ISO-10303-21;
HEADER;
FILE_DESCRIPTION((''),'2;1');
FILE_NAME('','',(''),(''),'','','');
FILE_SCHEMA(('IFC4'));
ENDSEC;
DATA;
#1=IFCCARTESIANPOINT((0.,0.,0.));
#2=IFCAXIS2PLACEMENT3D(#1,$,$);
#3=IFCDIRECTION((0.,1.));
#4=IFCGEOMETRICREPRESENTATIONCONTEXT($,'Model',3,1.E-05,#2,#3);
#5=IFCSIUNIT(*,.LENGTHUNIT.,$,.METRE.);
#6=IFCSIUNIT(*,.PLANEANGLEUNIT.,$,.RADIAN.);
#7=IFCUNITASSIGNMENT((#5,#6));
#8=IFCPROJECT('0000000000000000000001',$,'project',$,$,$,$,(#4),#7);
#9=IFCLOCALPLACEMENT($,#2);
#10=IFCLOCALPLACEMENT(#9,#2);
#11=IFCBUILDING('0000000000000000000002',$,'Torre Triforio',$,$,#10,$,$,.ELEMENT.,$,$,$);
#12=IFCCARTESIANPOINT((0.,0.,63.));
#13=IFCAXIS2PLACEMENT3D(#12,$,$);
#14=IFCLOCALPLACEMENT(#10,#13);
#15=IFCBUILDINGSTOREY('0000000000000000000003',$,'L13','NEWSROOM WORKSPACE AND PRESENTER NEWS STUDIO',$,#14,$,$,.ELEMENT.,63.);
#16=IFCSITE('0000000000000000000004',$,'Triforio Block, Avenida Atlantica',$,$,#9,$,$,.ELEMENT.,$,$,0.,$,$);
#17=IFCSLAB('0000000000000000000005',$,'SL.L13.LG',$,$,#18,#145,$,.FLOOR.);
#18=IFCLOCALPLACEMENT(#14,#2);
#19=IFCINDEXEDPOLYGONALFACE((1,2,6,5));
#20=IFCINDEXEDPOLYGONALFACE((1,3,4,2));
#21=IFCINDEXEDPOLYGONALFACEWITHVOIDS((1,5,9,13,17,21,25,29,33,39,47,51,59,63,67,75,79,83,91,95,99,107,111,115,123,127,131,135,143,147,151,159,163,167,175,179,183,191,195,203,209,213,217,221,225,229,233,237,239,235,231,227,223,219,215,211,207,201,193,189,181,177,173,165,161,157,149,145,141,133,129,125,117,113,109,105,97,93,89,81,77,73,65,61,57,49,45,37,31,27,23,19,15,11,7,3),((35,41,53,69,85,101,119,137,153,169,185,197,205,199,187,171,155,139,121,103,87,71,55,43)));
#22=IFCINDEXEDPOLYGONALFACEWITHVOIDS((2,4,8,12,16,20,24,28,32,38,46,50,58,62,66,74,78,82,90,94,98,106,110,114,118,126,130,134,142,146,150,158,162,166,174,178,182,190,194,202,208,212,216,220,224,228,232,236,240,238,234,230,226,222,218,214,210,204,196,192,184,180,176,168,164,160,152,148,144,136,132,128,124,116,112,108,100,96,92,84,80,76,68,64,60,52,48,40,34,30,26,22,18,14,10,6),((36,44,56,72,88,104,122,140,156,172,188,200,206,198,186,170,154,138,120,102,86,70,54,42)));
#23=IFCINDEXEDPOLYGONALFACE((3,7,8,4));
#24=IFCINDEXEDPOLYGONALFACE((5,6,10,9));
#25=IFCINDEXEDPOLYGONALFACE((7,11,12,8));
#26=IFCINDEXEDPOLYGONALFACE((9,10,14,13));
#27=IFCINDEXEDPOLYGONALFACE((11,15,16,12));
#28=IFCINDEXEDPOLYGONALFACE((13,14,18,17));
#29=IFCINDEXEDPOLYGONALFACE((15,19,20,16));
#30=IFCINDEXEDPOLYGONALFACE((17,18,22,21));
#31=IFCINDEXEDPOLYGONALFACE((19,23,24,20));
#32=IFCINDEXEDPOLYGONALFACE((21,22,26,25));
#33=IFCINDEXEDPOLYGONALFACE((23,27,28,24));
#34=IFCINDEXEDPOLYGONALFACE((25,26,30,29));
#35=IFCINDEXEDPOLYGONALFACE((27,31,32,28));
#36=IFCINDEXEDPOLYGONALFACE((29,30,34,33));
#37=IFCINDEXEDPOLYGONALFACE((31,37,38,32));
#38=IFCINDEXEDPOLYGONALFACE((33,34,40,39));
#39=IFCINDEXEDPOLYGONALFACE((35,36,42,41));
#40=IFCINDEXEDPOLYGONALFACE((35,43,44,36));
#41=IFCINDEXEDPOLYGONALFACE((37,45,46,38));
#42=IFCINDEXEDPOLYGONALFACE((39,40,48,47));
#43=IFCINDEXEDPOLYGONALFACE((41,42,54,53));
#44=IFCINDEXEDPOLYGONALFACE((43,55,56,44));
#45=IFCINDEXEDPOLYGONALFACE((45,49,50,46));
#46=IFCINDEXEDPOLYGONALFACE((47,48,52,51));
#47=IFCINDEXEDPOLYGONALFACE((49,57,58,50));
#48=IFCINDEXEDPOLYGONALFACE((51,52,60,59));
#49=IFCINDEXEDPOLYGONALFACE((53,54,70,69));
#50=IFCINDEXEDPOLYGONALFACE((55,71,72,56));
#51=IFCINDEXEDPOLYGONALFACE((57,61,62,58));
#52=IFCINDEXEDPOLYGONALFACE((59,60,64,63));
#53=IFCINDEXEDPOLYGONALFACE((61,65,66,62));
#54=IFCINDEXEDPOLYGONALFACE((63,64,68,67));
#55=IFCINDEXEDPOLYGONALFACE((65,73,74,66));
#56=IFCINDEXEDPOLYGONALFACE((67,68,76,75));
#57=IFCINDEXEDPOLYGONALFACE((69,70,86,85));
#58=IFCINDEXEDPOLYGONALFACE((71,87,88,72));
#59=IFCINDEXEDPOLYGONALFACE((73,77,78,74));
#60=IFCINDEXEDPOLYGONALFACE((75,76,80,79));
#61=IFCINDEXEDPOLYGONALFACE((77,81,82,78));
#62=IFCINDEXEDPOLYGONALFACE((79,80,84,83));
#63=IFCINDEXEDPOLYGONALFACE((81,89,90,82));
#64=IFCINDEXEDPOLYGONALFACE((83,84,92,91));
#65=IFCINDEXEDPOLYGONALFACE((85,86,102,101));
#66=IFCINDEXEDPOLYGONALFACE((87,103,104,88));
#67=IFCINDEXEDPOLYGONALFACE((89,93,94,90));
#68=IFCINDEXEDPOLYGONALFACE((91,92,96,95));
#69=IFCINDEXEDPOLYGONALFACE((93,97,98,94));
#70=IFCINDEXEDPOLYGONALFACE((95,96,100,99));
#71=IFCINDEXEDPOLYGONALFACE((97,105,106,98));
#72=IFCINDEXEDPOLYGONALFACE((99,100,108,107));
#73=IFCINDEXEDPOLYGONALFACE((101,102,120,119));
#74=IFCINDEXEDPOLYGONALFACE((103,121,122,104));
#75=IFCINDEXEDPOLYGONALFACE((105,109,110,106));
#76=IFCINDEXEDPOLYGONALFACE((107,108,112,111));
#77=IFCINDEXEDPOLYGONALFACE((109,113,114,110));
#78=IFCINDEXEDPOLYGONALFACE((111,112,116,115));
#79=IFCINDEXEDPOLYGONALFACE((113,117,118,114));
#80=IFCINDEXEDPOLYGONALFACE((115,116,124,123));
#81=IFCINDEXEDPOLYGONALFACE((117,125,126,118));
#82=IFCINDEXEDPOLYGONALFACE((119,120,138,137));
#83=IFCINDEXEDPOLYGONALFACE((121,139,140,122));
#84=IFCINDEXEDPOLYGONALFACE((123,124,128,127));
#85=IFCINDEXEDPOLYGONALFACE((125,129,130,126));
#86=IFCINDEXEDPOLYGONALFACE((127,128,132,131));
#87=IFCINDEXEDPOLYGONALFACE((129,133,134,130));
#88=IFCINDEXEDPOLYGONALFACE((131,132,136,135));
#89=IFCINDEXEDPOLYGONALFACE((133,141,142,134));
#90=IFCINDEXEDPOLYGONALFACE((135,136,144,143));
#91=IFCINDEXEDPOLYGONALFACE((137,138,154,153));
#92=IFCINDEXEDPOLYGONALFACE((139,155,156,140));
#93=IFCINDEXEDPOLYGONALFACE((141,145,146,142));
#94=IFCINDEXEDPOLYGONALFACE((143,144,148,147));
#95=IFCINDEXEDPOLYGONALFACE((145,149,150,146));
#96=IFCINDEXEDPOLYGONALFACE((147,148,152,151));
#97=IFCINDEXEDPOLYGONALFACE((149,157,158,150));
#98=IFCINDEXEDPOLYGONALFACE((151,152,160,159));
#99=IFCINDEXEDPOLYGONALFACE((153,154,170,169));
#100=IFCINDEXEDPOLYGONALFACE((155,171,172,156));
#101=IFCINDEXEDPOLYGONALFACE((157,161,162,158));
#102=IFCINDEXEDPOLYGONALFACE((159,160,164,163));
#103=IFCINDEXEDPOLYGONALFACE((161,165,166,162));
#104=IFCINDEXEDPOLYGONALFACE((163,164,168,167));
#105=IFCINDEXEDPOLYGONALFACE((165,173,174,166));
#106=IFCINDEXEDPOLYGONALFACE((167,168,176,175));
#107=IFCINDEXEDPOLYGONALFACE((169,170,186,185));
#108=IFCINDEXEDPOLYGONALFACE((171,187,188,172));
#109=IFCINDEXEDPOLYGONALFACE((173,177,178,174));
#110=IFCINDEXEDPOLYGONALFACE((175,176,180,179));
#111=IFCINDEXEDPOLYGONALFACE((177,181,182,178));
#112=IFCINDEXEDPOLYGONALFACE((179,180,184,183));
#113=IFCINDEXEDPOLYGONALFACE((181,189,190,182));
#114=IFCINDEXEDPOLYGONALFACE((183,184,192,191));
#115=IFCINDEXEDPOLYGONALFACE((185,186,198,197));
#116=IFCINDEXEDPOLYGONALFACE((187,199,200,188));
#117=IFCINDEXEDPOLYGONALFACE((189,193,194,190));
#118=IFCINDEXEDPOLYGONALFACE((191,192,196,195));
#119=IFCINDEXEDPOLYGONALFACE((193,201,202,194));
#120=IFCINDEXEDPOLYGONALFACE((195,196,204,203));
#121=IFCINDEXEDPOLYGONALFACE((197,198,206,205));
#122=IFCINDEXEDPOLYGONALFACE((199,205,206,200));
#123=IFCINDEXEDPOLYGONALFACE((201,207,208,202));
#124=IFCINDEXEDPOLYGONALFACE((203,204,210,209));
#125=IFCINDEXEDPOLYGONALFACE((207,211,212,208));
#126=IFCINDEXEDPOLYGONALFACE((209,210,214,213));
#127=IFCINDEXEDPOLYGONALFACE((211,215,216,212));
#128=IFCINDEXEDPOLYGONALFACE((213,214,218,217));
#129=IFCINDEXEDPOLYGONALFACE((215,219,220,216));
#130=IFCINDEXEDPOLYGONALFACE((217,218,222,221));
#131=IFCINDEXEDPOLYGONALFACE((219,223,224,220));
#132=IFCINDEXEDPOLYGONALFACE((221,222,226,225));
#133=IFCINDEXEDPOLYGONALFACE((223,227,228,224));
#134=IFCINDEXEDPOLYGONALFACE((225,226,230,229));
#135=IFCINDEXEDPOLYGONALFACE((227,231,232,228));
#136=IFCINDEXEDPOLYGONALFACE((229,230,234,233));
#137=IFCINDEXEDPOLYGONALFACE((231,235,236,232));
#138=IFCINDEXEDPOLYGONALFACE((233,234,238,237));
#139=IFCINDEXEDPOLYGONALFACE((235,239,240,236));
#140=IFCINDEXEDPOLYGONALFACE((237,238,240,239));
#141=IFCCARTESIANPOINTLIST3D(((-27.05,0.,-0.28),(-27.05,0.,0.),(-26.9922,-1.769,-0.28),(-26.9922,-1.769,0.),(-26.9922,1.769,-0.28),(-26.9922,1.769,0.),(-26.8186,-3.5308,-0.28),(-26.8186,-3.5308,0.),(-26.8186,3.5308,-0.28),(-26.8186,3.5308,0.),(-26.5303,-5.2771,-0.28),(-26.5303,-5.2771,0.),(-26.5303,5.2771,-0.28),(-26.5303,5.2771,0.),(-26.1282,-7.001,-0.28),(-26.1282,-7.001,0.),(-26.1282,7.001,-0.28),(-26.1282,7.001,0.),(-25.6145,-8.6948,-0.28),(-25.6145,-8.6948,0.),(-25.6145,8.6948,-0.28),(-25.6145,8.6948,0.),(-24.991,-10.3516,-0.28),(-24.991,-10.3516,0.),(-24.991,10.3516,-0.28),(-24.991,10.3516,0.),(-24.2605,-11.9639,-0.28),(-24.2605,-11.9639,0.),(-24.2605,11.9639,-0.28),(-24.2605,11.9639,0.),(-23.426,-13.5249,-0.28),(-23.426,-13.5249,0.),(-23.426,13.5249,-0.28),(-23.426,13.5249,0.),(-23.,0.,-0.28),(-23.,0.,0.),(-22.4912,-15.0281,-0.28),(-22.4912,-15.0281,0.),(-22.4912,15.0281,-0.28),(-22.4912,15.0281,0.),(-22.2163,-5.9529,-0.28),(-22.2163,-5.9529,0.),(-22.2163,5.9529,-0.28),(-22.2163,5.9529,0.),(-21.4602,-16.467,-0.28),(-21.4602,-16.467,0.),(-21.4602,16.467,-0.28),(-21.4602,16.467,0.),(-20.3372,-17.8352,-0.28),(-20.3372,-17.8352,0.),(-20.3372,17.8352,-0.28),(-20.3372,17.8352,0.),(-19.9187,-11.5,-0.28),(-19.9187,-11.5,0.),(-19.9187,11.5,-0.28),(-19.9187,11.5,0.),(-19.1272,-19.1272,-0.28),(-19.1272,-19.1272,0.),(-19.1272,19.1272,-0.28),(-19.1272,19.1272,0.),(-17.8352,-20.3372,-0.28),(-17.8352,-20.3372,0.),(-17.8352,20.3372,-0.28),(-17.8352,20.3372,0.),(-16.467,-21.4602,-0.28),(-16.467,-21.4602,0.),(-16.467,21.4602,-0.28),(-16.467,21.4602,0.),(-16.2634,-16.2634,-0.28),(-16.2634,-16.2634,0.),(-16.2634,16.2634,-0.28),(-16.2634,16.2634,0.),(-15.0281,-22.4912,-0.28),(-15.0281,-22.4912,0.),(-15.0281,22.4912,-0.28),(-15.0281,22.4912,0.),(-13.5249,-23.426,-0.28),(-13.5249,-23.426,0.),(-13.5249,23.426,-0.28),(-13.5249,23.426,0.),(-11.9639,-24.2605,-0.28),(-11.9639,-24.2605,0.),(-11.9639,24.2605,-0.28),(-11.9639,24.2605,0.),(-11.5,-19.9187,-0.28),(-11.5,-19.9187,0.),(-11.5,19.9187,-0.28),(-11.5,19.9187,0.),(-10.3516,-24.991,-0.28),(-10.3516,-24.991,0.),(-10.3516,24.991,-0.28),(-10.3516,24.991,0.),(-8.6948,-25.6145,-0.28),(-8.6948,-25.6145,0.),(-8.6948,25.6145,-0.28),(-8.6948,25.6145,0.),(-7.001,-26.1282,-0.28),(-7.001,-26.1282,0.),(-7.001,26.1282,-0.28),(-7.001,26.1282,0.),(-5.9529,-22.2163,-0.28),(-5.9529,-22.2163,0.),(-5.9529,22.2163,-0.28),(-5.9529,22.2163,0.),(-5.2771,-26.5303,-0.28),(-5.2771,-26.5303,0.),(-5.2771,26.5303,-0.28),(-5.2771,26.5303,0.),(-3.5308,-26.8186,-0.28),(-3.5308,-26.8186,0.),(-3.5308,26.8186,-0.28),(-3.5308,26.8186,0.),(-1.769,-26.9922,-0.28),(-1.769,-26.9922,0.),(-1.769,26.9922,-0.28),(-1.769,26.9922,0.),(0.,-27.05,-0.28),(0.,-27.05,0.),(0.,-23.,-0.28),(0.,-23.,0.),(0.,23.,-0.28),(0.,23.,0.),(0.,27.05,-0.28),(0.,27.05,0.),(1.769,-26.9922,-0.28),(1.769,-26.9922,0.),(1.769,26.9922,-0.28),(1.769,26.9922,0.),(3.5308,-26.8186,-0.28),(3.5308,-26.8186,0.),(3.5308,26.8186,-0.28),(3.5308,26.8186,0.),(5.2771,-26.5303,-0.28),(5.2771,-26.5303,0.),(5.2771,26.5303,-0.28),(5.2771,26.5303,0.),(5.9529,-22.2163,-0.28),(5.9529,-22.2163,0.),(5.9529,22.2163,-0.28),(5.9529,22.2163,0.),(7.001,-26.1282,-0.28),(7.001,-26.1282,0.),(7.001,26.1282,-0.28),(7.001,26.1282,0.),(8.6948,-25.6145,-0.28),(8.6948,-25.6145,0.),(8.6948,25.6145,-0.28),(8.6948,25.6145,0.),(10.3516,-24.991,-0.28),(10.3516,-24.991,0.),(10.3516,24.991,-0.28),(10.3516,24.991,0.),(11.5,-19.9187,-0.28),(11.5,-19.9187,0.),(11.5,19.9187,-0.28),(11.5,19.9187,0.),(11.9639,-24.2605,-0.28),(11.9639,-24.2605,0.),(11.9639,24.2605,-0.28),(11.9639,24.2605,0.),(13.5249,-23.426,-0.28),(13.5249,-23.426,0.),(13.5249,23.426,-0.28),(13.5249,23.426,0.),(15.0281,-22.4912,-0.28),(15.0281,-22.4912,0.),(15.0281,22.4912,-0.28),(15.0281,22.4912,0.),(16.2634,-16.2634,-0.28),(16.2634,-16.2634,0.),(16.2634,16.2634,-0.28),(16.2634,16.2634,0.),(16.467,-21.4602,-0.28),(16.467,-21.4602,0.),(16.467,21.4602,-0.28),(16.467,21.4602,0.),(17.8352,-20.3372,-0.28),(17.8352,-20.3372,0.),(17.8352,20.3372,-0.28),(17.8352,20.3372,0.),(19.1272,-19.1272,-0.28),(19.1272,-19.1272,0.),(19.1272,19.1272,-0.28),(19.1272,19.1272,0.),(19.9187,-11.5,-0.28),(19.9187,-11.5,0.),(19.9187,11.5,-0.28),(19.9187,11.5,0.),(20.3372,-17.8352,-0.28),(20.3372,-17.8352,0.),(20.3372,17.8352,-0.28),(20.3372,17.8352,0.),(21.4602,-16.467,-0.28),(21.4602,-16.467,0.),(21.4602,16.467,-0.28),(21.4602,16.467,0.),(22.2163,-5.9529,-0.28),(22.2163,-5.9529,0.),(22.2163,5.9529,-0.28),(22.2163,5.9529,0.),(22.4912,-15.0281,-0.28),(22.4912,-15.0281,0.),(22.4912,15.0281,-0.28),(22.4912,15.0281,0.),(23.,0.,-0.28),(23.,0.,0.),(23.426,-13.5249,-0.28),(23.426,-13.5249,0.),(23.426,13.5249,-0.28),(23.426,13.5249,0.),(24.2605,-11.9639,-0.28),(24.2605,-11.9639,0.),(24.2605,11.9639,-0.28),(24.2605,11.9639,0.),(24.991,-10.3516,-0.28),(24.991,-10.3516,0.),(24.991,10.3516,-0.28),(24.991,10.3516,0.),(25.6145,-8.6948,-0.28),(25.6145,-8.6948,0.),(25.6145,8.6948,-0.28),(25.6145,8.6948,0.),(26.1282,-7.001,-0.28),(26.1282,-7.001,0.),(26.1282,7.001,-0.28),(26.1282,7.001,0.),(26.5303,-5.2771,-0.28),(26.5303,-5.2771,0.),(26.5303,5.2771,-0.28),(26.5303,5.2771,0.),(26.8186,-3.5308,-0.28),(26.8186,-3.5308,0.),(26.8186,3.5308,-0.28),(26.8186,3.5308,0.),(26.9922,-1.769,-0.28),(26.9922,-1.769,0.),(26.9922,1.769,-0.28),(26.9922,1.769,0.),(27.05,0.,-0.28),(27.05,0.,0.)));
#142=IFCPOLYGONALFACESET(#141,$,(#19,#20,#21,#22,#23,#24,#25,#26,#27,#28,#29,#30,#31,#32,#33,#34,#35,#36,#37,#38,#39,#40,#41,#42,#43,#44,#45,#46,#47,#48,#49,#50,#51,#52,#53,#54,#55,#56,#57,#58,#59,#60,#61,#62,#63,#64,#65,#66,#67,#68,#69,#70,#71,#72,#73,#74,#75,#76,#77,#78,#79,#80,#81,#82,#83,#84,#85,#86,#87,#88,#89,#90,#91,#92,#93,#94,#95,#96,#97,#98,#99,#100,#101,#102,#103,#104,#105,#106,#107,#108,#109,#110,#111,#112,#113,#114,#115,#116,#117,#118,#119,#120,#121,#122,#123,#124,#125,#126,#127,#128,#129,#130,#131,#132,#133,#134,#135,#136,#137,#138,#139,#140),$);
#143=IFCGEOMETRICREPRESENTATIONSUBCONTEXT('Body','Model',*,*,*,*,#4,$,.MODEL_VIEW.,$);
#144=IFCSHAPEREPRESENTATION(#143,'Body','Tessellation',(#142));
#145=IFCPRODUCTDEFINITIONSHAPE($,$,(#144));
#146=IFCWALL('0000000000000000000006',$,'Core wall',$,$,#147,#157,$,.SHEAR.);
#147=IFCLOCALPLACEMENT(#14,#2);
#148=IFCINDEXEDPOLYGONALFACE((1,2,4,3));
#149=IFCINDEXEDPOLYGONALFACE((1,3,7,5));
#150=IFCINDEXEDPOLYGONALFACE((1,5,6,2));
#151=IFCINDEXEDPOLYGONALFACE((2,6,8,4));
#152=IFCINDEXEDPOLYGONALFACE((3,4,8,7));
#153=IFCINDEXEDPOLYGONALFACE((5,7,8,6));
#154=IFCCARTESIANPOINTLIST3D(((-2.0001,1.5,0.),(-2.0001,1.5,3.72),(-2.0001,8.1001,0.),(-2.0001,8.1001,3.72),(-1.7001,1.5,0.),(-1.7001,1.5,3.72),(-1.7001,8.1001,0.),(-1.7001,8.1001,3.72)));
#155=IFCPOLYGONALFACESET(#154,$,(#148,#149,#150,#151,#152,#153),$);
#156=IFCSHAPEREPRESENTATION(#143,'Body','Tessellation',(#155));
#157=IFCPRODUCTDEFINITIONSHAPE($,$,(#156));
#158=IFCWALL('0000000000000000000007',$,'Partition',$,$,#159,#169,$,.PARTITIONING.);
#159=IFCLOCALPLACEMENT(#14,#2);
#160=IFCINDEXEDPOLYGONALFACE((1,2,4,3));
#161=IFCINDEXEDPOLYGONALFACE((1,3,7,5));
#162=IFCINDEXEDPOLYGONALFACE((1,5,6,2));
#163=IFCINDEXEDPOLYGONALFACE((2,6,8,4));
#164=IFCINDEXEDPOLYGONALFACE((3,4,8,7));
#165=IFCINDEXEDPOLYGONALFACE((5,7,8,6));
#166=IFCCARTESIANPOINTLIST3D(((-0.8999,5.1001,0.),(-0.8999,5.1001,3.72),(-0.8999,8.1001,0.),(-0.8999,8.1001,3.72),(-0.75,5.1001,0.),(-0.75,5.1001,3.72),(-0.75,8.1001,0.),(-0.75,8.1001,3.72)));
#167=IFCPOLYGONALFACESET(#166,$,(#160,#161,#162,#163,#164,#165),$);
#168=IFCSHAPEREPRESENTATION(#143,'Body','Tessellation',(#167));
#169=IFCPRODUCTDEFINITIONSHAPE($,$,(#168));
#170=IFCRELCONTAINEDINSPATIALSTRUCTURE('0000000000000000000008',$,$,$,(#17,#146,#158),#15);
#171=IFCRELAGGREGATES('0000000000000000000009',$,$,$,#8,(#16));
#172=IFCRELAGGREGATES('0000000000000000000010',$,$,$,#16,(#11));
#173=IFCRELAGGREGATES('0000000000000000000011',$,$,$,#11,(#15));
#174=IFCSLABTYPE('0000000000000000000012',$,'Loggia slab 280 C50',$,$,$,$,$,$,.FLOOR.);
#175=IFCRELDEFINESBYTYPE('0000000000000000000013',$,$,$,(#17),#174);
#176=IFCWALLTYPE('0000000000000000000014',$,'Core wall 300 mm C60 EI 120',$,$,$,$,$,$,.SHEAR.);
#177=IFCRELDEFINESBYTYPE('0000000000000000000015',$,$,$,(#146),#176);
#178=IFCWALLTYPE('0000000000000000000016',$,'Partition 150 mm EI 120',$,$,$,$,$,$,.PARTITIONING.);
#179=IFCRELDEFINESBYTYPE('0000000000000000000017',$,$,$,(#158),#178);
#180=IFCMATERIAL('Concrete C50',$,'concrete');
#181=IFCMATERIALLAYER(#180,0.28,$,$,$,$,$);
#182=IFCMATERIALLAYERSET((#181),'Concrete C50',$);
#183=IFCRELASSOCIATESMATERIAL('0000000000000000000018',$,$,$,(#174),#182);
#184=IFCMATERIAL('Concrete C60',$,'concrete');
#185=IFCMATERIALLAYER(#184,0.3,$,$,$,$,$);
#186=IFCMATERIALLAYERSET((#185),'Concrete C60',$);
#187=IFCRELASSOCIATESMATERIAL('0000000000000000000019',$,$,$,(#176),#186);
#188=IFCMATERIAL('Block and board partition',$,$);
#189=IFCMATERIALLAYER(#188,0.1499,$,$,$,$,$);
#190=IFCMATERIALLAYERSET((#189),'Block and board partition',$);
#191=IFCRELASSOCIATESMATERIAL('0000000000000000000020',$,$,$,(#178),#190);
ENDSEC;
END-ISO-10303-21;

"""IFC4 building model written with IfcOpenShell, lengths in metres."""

from ifc_helpers import new_model, si_unit, direction, frame, frame_2d, origin, place, context, subcontext, project, spatial, polyline, rectangle, outline, extrude, material, layer, layer_set, type_object, element, save


model = new_model("IFC4")

# Units and contexts
model_context = context("Model", 3, precision=1e-05, world=origin(), true_north=direction((0.0, 1.0)))
body_context = subcontext(model_context, "Body", "Model", "MODEL_VIEW")
ifc_project = project(units=[si_unit("LENGTHUNIT", "METRE"), si_unit("PLANEANGLEUNIT", "RADIAN")], contexts=[model_context])

# Site, building, storey
site_placement = place(None, origin())
site = spatial("IfcSite", under=ifc_project, at=site_placement, Name="Triforio Block, Avenida Atlantica", CompositionType="ELEMENT", RefElevation=0.0)
building_placement = place(site_placement, origin())
building = spatial("IfcBuilding", under=site, at=building_placement, Name="Torre Triforio", CompositionType="ELEMENT")
storey_placement = place(building_placement, frame((0.0, 0.0, 63.0)))
storey = spatial("IfcBuildingStorey", under=building, at=storey_placement, Name="L13", Description="NEWSROOM WORKSPACE AND PRESENTER NEWS STUDIO", CompositionType="ELEMENT", Elevation=63.0)

# Slab
ifc_material_1 = material(Name="Concrete C50", Category="concrete")
ifc_layer_1 = layer(ifc_material_1, 0.28)
ifc_layer_set_1 = layer_set([ifc_layer_1], Name="Concrete C50")
slab_type_1 = type_object("IfcSlabType", Name="Loggia slab 280 C50", PredefinedType="FLOOR", material=ifc_layer_set_1)
slab_1_placement = place(storey_placement, frame((0.0, 0.0, -0.28)))
element("IfcSlab", 1, at=slab_1_placement, inside=storey, type_object=slab_type_1, Name="SL.L13.LG", PredefinedType="FLOOR", context=body_context, shape_type="SweptSolid", body=[
    extrude(outline(polyline([(26.9922, -1.769), (27.05, 0.0), (26.9922, 1.769), (26.8186, 3.5308), (26.5303, 5.2771), (26.1282, 7.001), (25.6145, 8.6948), (24.991, 10.3516), (24.2605, 11.9639), (23.426, 13.5249), (22.4912, 15.0281), (21.4602, 16.467), (20.3372, 17.8352), (19.1272, 19.1272), (17.8352, 20.3372), (16.467, 21.4602), (15.0281, 22.4912), (13.5249, 23.426), (11.9639, 24.2605), (10.3516, 24.991), (8.6948, 25.6145), (7.001, 26.1282), (5.2771, 26.5303), (3.5308, 26.8186), (1.769, 26.9922), (0.0, 27.05), (-1.769, 26.9922), (-3.5308, 26.8186), (-5.2771, 26.5303), (-7.001, 26.1282), (-8.6948, 25.6145), (-10.3516, 24.991), (-11.9639, 24.2605), (-13.5249, 23.426), (-15.0281, 22.4912), (-16.467, 21.4602), (-17.8352, 20.3372), (-19.1272, 19.1272), (-20.3372, 17.8352), (-21.4602, 16.467), (-22.4912, 15.0281), (-23.426, 13.5249), (-24.2605, 11.9639), (-24.991, 10.3516), (-25.6145, 8.6948), (-26.1282, 7.001), (-26.5303, 5.2771), (-26.8186, 3.5308), (-26.9922, 1.769), (-27.05, 0.0), (-26.9922, -1.769), (-26.8186, -3.5308), (-26.5303, -5.2771), (-26.1282, -7.001), (-25.6145, -8.6948), (-24.991, -10.3516), (-24.2605, -11.9639), (-23.426, -13.5249), (-22.4912, -15.0281), (-21.4602, -16.467), (-20.3372, -17.8352), (-19.1272, -19.1272), (-17.8352, -20.3372), (-16.467, -21.4602), (-15.0281, -22.4912), (-13.5249, -23.426), (-11.9639, -24.2605), (-10.3516, -24.991), (-8.6948, -25.6145), (-7.001, -26.1282), (-5.2771, -26.5303), (-3.5308, -26.8186), (-1.769, -26.9922), (0.0, -27.05), (1.769, -26.9922), (3.5308, -26.8186), (5.2771, -26.5303), (7.001, -26.1282), (8.6948, -25.6145), (10.3516, -24.991), (11.9639, -24.2605), (13.5249, -23.426), (15.0281, -22.4912), (16.467, -21.4602), (17.8352, -20.3372), (19.1272, -19.1272), (20.3372, -17.8352), (21.4602, -16.467), (22.4912, -15.0281), (23.426, -13.5249), (24.2605, -11.9639), (24.991, -10.3516), (25.6145, -8.6948), (26.1282, -7.001), (26.5303, -5.2771), (26.8186, -3.5308), (26.9922, -1.769)]), holes=[polyline([(22.2163, 5.9529), (23.0, 0.0), (22.2163, -5.9529), (19.9187, -11.5), (16.2634, -16.2634), (11.5, -19.9187), (5.9529, -22.2163), (0.0, -23.0), (-5.9529, -22.2163), (-11.5, -19.9187), (-16.2634, -16.2634), (-19.9187, -11.5), (-22.2163, -5.9529), (-23.0, 0.0), (-22.2163, 5.9529), (-19.9187, 11.5), (-16.2634, 16.2634), (-11.5, 19.9187), (-5.9529, 22.2163), (0.0, 23.0), (5.9529, 22.2163), (11.5, 19.9187), (16.2634, 16.2634), (19.9187, 11.5), (22.2163, 5.9529)])]), origin(), (0.0, 0.0, 1.0), 0.28),
])

# Walls
ifc_material_2 = material(Name="Concrete C60", Category="concrete")
ifc_layer_2 = layer(ifc_material_2, 0.3)
ifc_layer_set_2 = layer_set([ifc_layer_2], Name="Concrete C60")
wall_type_1 = type_object("IfcWallType", Name="Core wall 300 mm C60 EI 120", PredefinedType="SHEAR", material=ifc_layer_set_2)
wall_1_placement = place(storey_placement, frame((-1.8501, 1.5, 0.0), z_axis=(0.0, 0.0, 1.0), x_axis=(0.0, 1.0, 0.0)))
element("IfcWall", 2, at=wall_1_placement, inside=storey, type_object=wall_type_1, Name="Core wall", PredefinedType="SHEAR", context=body_context, shape_type="SweptSolid", body=[
    extrude(rectangle(XDim=6.6001, YDim=0.3, at=frame_2d((3.3, 0.0))), origin(), (0.0, 0.0, 1.0), 3.72),
])
ifc_material_3 = material(Name="Block and board partition")
ifc_layer_3 = layer(ifc_material_3, 0.1499)
ifc_layer_set_3 = layer_set([ifc_layer_3], Name="Block and board partition")
wall_type_2 = type_object("IfcWallType", Name="Partition 150 mm EI 120", PredefinedType="PARTITIONING", material=ifc_layer_set_3)
wall_2_placement = place(storey_placement, frame((-0.825, 5.1001, 0.0), z_axis=(0.0, 0.0, 1.0), x_axis=(0.0, 1.0, 0.0)))
element("IfcWall", 3, at=wall_2_placement, inside=storey, type_object=wall_type_2, Name="Partition", PredefinedType="PARTITIONING", context=body_context, shape_type="SweptSolid", body=[
    extrude(rectangle(XDim=3.0, YDim=0.1499, at=frame_2d((1.5, 0.0))), origin(), (0.0, 0.0, 1.0), 3.72),
])

save(model, "model.ifc")
